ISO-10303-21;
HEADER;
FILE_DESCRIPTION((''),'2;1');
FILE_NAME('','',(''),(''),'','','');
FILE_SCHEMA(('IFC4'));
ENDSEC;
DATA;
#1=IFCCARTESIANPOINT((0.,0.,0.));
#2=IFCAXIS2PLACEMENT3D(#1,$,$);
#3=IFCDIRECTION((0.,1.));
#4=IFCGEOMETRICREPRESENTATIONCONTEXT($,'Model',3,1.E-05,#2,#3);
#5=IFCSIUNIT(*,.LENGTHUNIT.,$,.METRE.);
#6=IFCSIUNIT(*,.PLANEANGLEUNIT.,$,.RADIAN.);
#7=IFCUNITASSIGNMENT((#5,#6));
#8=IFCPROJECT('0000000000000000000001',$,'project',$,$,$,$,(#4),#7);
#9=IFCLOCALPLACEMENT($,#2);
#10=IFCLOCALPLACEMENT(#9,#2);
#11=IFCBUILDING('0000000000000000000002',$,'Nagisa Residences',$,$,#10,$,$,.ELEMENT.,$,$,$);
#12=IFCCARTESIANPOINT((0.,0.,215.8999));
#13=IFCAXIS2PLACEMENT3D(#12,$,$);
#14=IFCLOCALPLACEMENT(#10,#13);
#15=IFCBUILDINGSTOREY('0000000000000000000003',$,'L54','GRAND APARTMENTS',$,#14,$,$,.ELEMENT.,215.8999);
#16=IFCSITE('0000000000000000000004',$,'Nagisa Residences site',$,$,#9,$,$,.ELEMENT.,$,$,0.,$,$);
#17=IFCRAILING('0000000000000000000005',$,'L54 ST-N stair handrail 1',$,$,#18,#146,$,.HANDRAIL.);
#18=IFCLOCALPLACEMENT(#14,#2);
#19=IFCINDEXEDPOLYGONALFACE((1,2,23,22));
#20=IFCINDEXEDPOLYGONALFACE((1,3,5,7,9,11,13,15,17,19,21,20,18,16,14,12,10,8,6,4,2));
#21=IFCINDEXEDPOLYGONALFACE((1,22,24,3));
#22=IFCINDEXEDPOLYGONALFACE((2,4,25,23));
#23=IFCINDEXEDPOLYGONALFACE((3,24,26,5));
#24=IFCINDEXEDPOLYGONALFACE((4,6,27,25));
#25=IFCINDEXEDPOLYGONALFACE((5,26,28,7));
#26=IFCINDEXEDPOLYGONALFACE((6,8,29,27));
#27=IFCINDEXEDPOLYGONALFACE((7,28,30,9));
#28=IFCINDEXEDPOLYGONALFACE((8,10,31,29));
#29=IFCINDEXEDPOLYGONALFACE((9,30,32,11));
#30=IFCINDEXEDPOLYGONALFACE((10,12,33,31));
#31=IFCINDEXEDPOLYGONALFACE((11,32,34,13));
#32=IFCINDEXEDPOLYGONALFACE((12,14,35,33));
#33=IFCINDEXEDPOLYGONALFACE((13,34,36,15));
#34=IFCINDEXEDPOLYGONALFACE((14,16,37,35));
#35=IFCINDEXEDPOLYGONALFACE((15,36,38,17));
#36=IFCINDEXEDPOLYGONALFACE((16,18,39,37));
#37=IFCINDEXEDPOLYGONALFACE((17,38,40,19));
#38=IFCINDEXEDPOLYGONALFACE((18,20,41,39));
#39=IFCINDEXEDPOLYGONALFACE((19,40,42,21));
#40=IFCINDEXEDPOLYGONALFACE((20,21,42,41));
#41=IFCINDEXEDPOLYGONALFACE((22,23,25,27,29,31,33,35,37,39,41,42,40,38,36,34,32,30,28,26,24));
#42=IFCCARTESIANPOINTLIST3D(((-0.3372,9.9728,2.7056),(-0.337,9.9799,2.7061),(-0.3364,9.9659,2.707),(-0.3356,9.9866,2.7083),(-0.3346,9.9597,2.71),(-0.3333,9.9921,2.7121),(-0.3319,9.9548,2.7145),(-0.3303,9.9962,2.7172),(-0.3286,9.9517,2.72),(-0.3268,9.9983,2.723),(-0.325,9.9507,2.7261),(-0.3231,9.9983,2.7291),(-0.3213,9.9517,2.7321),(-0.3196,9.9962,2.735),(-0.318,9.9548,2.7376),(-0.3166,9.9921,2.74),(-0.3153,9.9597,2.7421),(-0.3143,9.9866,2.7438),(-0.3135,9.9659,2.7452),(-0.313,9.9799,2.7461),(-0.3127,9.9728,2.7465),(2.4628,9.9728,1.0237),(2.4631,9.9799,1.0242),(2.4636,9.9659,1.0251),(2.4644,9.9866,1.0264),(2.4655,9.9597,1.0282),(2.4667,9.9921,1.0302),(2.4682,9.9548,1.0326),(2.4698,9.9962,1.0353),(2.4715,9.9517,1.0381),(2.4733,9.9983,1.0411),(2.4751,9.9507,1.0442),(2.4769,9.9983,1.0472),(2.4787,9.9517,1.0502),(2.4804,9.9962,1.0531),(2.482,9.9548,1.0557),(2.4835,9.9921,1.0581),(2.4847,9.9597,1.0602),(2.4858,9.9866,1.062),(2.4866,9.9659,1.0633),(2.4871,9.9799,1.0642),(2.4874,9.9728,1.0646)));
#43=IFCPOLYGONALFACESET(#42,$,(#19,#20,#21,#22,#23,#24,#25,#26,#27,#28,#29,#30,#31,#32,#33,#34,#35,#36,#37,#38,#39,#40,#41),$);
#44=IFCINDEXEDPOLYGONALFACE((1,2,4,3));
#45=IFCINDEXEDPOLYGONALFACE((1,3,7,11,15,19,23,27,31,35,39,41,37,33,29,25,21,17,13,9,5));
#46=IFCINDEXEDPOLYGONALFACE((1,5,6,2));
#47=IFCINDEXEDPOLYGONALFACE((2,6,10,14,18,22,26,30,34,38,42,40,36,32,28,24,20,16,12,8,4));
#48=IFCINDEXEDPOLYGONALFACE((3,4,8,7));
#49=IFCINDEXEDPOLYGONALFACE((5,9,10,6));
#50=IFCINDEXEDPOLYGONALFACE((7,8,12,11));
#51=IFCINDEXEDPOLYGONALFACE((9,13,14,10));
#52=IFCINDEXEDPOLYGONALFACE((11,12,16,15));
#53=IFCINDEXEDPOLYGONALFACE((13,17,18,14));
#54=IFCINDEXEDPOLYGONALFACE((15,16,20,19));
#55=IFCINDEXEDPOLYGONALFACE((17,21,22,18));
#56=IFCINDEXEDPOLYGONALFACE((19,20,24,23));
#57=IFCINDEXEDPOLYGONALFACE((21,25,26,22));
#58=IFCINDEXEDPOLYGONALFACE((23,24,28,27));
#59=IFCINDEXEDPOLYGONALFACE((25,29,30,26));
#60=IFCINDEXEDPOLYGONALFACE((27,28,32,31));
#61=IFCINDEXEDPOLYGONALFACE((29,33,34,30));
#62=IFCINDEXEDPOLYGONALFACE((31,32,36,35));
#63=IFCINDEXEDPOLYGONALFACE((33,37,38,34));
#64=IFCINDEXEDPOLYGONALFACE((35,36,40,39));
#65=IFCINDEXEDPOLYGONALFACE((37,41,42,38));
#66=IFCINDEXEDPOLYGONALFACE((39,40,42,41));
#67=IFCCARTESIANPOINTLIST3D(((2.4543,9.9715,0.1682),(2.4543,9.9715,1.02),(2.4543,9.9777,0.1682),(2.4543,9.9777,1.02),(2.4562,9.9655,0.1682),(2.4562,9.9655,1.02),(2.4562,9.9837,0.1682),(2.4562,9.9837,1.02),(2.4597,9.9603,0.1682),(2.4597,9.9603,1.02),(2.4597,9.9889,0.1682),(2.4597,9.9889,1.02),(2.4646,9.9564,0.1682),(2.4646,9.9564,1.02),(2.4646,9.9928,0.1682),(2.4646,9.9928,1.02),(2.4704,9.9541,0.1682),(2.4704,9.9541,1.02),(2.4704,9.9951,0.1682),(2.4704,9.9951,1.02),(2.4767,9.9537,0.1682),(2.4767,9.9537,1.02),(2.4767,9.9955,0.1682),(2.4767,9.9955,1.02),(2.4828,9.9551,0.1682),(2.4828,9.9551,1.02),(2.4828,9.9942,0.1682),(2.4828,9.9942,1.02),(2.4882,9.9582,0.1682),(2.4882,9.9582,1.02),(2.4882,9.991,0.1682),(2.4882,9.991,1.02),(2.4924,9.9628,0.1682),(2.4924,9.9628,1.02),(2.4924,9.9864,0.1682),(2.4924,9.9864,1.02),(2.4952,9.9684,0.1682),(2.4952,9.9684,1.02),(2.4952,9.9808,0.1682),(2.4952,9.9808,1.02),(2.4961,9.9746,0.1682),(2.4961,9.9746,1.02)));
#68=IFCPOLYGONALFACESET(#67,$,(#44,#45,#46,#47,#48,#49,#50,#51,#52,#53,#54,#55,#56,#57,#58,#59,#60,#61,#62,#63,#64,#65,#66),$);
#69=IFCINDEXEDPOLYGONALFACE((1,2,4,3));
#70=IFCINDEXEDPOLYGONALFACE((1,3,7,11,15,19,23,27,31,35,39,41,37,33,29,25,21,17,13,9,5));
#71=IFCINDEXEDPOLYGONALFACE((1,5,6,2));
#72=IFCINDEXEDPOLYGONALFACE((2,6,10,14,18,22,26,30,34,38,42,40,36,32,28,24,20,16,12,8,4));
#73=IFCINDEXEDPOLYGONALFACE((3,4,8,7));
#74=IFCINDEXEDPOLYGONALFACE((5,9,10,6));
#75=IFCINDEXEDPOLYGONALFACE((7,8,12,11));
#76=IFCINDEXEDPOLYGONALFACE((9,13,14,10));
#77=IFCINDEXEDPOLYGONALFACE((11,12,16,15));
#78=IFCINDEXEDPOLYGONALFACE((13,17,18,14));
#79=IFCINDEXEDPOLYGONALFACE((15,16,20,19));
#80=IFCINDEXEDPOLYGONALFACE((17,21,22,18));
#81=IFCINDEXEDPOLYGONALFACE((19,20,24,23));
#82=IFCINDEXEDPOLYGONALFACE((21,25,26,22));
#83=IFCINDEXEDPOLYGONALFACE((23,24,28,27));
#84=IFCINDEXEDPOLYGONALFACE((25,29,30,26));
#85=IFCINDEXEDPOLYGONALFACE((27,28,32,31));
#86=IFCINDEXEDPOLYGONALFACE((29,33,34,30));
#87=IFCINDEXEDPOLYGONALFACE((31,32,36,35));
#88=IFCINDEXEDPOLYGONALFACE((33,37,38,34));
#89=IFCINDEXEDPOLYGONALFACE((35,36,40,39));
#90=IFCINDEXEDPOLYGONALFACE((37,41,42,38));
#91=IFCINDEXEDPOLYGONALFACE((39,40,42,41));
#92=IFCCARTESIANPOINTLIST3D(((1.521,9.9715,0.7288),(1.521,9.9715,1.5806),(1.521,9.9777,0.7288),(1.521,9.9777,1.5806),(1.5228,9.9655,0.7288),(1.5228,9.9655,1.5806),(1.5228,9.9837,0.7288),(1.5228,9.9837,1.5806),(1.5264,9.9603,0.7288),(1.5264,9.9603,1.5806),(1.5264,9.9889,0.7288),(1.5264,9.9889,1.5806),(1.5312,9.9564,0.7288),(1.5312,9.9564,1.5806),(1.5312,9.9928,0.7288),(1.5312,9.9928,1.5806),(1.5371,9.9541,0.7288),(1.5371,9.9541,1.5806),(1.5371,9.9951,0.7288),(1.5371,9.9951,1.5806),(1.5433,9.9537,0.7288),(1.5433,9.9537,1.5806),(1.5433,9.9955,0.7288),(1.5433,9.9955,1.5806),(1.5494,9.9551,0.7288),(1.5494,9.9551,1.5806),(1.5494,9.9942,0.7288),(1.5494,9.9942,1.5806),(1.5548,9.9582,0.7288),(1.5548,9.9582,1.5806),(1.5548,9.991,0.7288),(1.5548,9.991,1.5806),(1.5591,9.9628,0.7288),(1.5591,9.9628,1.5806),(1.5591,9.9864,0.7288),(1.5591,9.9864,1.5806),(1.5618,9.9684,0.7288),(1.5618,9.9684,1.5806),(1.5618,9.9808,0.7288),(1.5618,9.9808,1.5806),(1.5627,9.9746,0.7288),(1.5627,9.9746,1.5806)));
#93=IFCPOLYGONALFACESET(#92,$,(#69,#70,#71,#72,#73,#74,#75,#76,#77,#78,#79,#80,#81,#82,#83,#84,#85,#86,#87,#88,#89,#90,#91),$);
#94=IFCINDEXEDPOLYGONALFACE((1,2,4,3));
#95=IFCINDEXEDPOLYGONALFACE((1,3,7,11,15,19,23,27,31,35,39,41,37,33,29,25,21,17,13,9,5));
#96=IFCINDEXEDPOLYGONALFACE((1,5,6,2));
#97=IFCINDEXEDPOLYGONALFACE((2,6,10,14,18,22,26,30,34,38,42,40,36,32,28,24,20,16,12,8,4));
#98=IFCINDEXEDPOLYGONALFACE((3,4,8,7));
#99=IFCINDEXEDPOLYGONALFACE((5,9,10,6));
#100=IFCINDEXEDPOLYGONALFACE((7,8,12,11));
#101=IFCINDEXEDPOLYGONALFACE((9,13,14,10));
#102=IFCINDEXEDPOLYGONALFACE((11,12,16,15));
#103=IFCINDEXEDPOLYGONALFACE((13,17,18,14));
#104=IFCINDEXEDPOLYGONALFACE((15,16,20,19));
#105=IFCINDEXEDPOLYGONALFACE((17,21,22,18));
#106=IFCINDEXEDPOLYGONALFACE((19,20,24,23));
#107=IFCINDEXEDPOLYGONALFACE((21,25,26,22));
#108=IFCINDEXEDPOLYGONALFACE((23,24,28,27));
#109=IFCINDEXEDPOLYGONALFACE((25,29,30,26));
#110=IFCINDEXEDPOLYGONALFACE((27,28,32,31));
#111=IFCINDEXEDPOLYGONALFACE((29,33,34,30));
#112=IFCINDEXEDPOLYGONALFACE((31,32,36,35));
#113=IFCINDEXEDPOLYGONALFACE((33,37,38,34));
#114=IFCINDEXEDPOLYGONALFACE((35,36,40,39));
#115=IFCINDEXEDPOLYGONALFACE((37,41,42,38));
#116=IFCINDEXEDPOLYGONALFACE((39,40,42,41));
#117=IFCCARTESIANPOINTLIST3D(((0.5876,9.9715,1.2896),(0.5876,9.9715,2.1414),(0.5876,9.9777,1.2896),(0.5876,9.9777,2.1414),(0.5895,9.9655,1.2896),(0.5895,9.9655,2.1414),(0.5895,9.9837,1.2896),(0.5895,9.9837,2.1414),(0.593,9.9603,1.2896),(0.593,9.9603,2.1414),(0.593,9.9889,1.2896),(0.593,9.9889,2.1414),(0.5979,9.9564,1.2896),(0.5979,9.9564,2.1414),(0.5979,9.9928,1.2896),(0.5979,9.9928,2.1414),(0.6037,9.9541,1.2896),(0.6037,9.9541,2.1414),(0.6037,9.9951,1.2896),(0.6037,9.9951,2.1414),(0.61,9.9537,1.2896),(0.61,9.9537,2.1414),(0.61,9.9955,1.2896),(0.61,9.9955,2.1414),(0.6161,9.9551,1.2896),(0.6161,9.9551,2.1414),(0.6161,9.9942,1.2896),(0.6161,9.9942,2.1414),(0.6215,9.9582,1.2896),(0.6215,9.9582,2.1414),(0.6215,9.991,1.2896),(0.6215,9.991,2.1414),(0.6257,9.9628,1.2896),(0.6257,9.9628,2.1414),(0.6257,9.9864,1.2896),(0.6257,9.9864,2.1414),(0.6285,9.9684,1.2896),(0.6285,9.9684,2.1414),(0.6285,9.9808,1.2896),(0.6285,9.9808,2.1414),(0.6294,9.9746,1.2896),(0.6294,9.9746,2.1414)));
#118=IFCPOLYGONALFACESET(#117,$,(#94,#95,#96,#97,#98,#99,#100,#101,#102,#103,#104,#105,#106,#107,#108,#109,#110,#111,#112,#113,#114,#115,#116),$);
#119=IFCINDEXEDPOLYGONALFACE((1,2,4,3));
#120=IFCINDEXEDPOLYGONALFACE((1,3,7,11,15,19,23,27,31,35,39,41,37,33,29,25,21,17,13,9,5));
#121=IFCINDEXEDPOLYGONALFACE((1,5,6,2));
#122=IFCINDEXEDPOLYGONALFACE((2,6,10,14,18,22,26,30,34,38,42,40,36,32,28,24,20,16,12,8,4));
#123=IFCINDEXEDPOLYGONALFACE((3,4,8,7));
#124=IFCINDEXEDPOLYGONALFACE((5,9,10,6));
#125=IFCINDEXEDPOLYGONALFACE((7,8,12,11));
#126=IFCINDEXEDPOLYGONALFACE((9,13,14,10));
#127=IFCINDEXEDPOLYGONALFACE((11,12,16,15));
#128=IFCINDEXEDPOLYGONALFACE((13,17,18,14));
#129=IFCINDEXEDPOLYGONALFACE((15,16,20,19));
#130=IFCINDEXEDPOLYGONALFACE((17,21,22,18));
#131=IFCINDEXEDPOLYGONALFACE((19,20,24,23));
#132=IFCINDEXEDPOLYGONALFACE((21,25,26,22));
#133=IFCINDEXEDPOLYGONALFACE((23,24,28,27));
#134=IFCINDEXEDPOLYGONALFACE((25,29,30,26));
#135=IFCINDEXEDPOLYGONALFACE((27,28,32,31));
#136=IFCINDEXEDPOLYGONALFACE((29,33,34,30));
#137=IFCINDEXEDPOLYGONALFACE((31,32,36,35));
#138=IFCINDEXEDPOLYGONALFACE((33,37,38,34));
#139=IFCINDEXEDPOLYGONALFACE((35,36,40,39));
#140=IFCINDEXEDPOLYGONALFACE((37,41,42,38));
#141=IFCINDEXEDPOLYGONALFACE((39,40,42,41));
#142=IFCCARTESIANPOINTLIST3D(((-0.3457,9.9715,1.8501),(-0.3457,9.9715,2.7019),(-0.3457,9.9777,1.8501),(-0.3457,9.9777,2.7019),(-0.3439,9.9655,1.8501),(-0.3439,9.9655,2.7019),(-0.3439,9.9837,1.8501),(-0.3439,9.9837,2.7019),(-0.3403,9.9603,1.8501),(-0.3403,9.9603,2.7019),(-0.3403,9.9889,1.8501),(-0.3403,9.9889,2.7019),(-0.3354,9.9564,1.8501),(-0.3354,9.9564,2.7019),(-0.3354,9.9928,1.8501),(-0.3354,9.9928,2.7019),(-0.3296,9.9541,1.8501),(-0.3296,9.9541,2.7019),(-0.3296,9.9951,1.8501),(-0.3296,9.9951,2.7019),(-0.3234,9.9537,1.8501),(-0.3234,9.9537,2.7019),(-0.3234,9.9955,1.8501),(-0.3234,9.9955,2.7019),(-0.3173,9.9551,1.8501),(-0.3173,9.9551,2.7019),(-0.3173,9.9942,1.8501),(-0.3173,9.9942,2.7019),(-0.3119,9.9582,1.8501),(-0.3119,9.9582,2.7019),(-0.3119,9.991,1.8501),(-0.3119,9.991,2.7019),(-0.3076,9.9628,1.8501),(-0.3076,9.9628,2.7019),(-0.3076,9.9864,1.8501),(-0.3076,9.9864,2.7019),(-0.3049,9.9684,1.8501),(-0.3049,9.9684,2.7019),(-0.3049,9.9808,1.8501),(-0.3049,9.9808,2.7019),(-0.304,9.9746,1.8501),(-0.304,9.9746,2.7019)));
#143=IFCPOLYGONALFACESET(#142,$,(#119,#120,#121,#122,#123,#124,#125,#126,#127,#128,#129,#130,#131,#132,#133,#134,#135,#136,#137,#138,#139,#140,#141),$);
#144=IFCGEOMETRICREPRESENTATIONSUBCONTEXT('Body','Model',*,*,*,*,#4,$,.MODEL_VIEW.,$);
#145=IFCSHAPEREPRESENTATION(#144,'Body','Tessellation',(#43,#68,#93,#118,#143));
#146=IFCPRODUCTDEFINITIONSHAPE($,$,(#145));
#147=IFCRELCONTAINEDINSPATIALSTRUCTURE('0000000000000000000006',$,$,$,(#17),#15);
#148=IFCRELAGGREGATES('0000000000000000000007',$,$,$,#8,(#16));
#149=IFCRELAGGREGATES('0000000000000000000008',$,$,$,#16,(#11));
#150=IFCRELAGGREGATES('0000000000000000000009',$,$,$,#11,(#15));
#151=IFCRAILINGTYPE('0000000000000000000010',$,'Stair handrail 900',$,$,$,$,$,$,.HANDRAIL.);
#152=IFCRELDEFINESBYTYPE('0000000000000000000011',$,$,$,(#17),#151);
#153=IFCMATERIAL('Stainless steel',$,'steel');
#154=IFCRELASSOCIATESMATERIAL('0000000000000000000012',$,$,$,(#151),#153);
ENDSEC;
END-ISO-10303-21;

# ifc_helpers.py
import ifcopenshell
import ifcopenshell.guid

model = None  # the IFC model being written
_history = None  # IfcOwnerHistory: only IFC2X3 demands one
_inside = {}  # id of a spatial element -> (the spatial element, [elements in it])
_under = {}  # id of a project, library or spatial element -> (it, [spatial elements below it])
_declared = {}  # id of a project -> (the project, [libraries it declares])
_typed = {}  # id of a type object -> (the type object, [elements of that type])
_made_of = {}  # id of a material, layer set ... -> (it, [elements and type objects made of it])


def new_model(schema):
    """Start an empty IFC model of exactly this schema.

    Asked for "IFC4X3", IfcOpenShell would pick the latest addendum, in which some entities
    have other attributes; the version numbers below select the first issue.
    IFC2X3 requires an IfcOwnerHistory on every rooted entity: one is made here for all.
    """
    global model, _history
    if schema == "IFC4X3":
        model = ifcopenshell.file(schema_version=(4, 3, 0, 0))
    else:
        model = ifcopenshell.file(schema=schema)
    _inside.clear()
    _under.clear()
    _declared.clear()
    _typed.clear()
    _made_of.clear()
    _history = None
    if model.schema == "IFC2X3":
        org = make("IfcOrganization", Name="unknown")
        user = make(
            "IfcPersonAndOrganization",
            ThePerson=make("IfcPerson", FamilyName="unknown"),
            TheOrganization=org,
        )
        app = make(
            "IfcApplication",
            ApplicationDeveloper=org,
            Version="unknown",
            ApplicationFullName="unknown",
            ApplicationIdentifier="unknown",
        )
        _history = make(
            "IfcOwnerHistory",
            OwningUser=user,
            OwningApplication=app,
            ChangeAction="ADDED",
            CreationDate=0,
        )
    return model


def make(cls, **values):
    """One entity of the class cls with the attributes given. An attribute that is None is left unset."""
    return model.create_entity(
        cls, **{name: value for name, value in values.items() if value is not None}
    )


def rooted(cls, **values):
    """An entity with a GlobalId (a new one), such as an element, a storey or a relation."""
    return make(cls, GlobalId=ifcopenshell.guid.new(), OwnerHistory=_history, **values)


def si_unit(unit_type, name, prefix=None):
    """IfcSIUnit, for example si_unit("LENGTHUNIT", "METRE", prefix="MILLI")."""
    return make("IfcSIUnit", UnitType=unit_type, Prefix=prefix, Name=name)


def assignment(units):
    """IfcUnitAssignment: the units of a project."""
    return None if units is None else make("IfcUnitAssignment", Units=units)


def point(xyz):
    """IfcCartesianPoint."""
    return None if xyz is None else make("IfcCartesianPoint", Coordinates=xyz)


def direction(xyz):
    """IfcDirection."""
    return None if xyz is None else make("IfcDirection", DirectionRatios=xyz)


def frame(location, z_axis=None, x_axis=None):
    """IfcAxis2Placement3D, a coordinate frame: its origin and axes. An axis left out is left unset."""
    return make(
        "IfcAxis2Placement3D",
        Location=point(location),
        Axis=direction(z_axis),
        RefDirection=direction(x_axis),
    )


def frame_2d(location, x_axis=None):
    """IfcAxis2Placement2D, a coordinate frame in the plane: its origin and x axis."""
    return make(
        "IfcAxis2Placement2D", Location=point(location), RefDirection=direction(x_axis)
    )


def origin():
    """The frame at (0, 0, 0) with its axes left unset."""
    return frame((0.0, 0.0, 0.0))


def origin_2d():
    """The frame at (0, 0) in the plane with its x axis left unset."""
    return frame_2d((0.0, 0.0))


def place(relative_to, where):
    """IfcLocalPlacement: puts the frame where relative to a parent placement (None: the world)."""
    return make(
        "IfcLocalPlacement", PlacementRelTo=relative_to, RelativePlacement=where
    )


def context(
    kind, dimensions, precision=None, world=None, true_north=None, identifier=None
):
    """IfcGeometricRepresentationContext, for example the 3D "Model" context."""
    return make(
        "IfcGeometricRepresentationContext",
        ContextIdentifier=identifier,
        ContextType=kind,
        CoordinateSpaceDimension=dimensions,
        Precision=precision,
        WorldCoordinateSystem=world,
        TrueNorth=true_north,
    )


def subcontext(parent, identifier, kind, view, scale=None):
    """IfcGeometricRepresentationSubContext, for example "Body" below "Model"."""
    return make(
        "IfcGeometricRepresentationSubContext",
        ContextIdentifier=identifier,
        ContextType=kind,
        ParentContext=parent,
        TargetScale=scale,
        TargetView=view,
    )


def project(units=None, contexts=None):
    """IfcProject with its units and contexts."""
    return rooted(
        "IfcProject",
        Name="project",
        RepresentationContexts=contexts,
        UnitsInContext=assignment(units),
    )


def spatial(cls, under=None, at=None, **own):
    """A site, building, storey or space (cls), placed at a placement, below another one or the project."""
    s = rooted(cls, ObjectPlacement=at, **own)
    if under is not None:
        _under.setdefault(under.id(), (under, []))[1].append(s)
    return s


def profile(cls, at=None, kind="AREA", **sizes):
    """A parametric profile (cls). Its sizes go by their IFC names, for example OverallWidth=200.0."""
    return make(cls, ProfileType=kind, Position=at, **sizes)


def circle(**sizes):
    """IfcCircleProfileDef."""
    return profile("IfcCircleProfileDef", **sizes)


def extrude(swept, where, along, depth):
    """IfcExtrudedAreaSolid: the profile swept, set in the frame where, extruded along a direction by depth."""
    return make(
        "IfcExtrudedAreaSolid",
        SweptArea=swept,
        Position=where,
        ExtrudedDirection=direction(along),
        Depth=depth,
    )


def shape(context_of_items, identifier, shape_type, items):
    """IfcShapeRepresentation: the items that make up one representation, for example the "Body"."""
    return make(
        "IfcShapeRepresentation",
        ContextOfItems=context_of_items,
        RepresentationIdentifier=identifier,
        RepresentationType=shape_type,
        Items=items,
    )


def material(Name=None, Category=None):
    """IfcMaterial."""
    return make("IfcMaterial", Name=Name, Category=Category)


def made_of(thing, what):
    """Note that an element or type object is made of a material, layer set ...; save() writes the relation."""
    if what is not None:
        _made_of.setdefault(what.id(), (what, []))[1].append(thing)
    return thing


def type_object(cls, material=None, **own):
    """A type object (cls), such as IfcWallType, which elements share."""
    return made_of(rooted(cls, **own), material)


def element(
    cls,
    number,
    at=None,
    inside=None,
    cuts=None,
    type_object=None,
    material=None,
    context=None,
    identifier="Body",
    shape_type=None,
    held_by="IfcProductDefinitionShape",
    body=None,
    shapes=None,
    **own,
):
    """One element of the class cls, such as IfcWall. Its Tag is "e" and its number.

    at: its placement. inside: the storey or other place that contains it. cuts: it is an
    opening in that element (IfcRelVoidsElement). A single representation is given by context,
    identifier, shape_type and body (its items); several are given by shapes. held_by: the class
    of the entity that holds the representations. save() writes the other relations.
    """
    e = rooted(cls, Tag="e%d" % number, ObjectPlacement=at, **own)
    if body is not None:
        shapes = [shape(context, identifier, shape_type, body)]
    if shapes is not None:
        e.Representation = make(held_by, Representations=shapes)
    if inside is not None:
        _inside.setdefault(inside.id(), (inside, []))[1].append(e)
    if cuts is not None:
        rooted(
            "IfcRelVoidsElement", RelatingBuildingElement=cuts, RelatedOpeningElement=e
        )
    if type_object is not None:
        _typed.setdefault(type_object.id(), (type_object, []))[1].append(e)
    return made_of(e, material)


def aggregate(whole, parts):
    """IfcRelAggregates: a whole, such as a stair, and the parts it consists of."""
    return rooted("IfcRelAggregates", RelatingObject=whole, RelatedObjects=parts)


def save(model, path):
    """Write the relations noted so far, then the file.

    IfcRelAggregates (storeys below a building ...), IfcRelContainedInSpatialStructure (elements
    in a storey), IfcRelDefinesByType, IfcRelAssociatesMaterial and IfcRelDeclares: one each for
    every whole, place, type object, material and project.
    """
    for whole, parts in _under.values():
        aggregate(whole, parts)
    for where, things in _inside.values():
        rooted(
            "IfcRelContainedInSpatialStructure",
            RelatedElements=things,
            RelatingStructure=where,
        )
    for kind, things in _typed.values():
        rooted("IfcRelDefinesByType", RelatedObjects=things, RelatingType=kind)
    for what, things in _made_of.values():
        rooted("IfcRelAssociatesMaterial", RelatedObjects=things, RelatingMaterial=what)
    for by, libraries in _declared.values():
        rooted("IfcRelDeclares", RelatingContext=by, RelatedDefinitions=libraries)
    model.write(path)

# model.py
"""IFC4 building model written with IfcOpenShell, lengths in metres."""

from ifc_helpers import new_model, si_unit, direction, frame, origin, origin_2d, place, context, subcontext, project, spatial, circle, extrude, material, type_object, element, save


model = new_model("IFC4")

# Units and contexts
model_context = context("Model", 3, precision=1e-05, world=origin(), true_north=direction((0.0, 1.0)))
body_context = subcontext(model_context, "Body", "Model", "MODEL_VIEW")
ifc_project = project(units=[si_unit("LENGTHUNIT", "METRE"), si_unit("PLANEANGLEUNIT", "RADIAN")], contexts=[model_context])

# Site, building, storey
site_placement = place(None, origin())
site = spatial("IfcSite", under=ifc_project, at=site_placement, Name="Nagisa Residences site", CompositionType="ELEMENT", RefElevation=0.0)
building_placement = place(site_placement, origin())
building = spatial("IfcBuilding", under=site, at=building_placement, Name="Nagisa Residences", CompositionType="ELEMENT")
storey_placement = place(building_placement, frame((0.0, 0.0, 215.8999)))
storey = spatial("IfcBuildingStorey", under=building, at=storey_placement, Name="L54", Description="GRAND APARTMENTS", CompositionType="ELEMENT", Elevation=215.8999)

# Railing
ifc_material_1 = material(Name="Stainless steel", Category="steel")
railing_type_1 = type_object("IfcRailingType", Name="Stair handrail 900", PredefinedType="HANDRAIL", material=ifc_material_1)
railing_1_placement = place(storey_placement, frame((2.4751, 9.9746, 0.1682)))
element("IfcRailing", 1, at=railing_1_placement, inside=storey, type_object=railing_type_1, Name="L54 ST-N stair handrail 1", PredefinedType="HANDRAIL", context=body_context, shape_type="SweptSolid", body=[
    extrude(circle(Radius=0.0239, at=origin_2d()), frame((0.0, 0.0, 0.876), z_axis=(-0.857242, 0.0, 0.514913), x_axis=(0.0, -1.0, 0.0)), (0.0, 0.0, 1.0), 3.2664),
    extrude(circle(Radius=0.021, at=origin_2d()), origin(), (0.0, 0.0, 1.0), 0.8518),
    extrude(circle(Radius=0.021, at=origin_2d()), frame((-0.9333, 0.0, 0.5605)), (0.0, 0.0, 1.0), 0.8518),
    extrude(circle(Radius=0.021, at=origin_2d()), frame((-1.8667, 0.0, 1.1213)), (0.0, 0.0, 1.0), 0.8518),
    extrude(circle(Radius=0.021, at=origin_2d()), frame((-2.8, 0.0, 1.6819)), (0.0, 0.0, 1.0), 0.8518),
])

save(model, "model.ifc")
